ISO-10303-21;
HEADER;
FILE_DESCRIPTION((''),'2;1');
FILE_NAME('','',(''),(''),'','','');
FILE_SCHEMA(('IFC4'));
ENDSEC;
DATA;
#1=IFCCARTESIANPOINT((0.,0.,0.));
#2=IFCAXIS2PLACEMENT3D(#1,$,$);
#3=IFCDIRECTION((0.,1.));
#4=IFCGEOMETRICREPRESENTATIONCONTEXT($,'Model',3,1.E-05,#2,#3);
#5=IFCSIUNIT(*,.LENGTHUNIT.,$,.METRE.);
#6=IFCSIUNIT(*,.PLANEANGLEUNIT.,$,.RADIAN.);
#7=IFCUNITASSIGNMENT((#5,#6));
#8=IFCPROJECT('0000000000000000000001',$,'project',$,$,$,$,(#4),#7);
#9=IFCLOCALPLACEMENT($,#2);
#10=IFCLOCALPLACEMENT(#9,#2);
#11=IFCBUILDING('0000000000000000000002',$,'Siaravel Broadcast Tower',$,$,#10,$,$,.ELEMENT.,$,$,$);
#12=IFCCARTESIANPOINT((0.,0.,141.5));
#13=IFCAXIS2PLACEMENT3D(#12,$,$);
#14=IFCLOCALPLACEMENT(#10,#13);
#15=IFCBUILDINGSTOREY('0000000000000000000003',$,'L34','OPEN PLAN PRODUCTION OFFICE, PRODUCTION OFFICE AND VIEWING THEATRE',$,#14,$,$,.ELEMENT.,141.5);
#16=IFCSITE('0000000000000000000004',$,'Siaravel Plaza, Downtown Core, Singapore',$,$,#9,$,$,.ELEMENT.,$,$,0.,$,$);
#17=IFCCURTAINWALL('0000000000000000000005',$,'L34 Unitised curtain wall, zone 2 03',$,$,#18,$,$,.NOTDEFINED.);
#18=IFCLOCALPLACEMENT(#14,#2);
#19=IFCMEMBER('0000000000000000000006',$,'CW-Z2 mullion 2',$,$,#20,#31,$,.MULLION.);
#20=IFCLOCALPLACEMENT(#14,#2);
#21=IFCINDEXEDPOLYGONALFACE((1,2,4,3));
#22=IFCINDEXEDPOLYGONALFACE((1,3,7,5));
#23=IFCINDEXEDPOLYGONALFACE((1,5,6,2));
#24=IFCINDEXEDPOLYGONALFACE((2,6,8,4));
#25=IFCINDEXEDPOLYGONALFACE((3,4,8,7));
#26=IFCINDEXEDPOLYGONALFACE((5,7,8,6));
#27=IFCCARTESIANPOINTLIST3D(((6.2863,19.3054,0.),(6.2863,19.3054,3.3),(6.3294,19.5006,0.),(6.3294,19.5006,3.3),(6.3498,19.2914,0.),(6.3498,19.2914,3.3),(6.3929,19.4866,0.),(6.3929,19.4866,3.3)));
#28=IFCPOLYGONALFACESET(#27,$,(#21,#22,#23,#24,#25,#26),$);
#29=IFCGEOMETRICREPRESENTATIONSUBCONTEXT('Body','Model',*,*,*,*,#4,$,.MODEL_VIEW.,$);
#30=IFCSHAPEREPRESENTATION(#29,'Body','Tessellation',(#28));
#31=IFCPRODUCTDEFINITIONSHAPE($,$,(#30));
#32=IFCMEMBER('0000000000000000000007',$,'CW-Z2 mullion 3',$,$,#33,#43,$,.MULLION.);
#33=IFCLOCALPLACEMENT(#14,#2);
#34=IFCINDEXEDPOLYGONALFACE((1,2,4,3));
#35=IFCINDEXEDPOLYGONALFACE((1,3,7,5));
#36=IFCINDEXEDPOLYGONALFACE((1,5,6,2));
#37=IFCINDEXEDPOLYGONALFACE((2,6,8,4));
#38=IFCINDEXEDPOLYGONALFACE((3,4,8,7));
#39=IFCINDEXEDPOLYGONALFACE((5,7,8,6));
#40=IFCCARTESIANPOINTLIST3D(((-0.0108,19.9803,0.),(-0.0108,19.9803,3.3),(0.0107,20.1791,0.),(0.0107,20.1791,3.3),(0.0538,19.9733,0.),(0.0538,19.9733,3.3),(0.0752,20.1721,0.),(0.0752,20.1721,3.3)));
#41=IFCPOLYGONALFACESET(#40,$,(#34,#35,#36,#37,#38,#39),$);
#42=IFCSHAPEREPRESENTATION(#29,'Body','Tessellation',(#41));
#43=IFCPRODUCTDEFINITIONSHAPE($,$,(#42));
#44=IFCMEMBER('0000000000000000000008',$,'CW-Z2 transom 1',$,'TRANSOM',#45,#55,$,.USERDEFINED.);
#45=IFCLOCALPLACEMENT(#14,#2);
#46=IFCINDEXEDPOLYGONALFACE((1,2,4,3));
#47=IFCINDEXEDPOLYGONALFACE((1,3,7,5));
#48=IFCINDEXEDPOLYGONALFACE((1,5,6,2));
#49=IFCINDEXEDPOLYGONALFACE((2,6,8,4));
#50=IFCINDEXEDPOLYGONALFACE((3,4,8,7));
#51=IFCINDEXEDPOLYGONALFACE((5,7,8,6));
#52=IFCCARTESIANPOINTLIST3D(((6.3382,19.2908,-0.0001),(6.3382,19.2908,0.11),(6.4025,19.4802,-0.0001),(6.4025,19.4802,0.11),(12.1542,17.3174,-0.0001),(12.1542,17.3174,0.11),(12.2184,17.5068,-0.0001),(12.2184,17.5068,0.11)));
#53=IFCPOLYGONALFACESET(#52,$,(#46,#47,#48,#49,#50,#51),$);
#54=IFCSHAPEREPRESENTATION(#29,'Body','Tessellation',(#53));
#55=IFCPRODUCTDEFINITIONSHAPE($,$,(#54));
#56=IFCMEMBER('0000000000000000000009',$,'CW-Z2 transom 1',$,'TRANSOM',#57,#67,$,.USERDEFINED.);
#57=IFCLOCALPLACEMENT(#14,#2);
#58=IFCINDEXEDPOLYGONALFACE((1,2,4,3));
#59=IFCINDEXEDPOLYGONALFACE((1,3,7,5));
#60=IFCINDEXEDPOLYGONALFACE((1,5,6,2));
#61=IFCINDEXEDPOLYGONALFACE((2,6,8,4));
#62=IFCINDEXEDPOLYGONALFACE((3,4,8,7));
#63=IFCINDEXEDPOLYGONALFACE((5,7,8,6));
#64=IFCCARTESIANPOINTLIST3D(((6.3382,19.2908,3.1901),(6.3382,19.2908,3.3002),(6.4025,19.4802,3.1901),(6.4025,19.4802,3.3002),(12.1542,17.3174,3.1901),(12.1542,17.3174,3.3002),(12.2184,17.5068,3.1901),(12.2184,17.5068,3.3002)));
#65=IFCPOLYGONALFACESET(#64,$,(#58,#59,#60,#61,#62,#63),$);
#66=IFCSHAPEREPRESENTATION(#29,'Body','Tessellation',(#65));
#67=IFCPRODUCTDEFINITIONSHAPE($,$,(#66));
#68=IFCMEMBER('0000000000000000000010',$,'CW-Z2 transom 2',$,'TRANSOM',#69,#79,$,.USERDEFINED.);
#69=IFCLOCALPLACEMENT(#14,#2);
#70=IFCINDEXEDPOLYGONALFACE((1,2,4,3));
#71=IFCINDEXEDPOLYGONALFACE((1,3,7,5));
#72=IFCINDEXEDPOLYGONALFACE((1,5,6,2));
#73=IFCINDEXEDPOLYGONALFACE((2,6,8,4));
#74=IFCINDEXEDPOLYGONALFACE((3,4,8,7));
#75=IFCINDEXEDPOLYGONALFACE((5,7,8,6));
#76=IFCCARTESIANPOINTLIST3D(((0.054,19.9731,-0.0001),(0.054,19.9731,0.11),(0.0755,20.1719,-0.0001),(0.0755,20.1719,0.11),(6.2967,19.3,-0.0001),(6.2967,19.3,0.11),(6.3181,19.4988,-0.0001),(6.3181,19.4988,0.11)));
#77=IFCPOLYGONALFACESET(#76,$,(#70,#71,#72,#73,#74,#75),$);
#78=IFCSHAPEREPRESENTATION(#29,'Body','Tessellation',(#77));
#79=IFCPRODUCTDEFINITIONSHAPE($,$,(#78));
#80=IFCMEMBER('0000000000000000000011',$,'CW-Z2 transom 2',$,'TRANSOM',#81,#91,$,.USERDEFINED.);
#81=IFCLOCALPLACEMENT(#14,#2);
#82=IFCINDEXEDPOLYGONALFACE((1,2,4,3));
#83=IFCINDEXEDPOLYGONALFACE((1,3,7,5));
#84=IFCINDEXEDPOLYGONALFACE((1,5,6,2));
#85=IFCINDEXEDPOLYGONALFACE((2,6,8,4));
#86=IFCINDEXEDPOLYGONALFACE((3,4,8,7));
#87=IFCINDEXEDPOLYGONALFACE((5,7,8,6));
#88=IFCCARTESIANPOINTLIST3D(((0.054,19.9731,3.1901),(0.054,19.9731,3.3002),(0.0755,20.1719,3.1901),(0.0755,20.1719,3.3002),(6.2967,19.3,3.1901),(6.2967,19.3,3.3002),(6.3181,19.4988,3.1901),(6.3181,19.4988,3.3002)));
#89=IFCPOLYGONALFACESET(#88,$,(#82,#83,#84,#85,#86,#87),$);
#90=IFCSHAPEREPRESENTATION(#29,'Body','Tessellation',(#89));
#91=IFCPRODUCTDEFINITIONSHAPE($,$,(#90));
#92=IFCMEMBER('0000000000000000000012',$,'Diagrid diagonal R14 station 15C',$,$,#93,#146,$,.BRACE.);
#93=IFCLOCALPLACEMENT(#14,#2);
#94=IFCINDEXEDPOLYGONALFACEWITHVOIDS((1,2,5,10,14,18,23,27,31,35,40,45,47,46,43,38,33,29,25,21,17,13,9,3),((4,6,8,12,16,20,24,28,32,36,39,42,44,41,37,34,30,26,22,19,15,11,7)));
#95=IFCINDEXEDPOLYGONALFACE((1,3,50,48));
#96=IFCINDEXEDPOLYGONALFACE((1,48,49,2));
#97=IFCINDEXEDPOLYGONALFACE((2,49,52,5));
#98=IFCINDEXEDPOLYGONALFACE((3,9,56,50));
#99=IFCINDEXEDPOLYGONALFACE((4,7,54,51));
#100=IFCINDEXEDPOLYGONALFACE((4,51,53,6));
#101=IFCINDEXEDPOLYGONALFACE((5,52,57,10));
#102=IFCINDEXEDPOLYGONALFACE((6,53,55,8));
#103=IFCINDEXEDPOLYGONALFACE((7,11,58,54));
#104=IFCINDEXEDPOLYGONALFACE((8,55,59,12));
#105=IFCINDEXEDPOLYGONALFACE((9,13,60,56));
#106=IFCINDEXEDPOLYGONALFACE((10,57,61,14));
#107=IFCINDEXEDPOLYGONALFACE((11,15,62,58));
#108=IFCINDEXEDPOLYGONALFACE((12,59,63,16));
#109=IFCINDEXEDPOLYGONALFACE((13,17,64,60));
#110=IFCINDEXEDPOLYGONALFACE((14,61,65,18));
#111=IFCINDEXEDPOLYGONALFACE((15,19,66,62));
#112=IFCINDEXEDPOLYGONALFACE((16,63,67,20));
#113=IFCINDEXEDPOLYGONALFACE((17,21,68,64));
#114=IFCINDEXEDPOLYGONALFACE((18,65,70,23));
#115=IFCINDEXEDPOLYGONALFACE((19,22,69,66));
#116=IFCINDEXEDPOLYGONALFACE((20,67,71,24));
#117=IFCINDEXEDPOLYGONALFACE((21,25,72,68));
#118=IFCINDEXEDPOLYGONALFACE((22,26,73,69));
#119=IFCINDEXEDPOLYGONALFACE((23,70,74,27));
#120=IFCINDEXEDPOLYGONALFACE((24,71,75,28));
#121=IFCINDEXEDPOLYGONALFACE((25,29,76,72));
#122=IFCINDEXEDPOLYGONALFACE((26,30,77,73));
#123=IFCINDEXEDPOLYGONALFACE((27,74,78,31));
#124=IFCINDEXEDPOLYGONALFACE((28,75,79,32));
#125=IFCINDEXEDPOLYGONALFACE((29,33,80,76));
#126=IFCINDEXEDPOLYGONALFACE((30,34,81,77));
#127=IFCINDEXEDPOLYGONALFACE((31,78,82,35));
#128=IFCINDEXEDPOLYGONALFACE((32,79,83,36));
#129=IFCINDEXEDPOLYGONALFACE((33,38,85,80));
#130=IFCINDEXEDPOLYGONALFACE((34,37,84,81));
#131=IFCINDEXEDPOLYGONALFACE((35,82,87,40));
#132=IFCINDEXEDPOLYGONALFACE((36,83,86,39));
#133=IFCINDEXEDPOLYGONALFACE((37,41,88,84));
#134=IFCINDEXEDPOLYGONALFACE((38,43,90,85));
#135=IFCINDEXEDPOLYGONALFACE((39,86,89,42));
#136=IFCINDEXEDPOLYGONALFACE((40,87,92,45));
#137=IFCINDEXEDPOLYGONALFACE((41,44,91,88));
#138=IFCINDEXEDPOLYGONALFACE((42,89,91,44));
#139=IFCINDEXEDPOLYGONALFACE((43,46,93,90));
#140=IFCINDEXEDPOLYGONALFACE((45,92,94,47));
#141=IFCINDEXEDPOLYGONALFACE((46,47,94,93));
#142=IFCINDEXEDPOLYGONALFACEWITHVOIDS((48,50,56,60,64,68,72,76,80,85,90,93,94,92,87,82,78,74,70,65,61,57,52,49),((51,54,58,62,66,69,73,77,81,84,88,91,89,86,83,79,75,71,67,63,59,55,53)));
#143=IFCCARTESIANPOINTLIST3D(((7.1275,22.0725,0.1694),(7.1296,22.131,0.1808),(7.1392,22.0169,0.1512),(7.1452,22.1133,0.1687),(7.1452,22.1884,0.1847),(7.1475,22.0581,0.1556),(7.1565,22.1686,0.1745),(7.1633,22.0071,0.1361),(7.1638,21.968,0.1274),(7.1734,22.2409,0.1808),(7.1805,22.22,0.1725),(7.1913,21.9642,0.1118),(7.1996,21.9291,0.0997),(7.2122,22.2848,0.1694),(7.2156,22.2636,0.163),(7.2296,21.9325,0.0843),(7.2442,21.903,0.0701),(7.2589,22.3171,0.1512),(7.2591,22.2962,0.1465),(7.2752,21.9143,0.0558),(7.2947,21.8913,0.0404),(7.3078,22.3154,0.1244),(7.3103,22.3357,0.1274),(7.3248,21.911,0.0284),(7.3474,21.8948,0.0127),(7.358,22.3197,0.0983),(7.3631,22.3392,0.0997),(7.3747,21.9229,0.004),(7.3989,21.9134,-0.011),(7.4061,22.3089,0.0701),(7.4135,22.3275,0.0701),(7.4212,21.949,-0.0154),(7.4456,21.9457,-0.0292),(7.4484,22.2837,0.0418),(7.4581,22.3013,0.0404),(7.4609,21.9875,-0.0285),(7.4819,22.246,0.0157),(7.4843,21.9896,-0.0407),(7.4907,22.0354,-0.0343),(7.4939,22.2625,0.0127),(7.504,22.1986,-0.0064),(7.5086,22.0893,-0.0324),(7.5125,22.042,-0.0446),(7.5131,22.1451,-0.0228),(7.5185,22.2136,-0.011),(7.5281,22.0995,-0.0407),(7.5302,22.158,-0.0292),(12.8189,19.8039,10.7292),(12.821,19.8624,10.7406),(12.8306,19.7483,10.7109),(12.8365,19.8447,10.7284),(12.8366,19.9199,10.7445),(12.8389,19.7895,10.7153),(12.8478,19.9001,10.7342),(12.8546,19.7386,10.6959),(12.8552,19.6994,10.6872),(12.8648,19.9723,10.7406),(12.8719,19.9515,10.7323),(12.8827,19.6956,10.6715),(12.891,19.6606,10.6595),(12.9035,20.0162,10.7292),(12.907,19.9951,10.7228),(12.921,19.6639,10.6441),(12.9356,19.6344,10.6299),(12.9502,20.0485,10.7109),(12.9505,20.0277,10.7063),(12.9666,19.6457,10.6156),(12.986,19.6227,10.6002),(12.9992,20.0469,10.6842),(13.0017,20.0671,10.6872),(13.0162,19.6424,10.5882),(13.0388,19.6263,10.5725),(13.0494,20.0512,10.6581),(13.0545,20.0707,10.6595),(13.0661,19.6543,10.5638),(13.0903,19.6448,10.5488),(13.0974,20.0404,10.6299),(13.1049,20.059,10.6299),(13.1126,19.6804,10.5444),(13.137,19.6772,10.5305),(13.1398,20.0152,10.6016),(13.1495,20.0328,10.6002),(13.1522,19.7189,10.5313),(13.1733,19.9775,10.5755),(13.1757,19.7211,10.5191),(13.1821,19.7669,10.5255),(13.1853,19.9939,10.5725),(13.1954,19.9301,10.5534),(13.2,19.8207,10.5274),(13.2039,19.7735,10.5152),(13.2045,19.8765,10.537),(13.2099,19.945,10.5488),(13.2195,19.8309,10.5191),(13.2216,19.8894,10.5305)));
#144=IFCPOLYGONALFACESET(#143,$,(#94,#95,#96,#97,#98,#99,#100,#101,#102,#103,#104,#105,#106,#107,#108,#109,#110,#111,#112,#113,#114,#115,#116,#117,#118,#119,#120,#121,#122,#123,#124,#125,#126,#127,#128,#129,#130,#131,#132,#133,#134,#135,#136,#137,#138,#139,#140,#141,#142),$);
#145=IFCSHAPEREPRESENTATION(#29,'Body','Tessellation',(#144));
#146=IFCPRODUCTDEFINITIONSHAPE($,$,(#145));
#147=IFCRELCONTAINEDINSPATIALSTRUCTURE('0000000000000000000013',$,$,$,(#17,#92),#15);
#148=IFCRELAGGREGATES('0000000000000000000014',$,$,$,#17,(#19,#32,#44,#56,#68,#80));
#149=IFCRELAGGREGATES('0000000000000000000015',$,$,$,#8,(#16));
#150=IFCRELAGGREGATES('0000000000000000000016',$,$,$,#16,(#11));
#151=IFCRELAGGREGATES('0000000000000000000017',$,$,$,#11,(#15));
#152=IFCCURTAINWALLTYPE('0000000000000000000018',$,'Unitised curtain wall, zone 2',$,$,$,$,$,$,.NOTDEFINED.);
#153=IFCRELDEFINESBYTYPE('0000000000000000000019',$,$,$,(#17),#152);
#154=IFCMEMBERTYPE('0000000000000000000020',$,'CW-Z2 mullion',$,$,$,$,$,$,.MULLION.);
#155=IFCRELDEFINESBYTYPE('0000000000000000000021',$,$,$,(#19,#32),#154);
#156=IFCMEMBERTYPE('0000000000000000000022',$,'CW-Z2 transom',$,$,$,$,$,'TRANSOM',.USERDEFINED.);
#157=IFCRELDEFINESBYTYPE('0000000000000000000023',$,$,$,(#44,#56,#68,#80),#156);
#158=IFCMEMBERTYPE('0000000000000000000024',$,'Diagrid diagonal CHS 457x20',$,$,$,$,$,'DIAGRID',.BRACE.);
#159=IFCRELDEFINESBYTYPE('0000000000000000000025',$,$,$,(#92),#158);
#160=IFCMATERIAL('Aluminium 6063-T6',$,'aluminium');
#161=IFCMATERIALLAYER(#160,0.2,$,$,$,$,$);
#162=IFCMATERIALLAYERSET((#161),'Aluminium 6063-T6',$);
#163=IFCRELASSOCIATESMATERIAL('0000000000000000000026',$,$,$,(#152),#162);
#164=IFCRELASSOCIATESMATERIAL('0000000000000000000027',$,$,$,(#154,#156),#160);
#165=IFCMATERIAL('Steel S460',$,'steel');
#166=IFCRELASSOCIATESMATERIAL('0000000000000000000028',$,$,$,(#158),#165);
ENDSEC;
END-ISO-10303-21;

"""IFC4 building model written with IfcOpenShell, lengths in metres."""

from ifc_helpers import new_model, si_unit, direction, frame, origin, origin_2d, place, context, subcontext, project, spatial, rectangle, hollow_circle, extrude, material, layer, layer_set, material_profile, profile_set, type_object, element, aggregate, save


model = new_model("IFC4")

# Units and contexts
model_context = context("Model", 3, precision=1e-05, world=origin(), true_north=direction((0.0, 1.0)))
body_context = subcontext(model_context, "Body", "Model", "MODEL_VIEW")
ifc_project = project(units=[si_unit("LENGTHUNIT", "METRE"), si_unit("PLANEANGLEUNIT", "RADIAN")], contexts=[model_context])

# Site, building, storey
site_placement = place(None, origin())
site = spatial("IfcSite", under=ifc_project, at=site_placement, Name="Siaravel Plaza, Downtown Core, Singapore", CompositionType="ELEMENT", RefElevation=0.0)
building_placement = place(site_placement, origin())
building = spatial("IfcBuilding", under=site, at=building_placement, Name="Siaravel Broadcast Tower", CompositionType="ELEMENT")
storey_placement = place(building_placement, frame((0.0, 0.0, 141.5)))
storey = spatial("IfcBuildingStorey", under=building, at=storey_placement, Name="L34", Description="OPEN PLAN PRODUCTION OFFICE, PRODUCTION OFFICE AND VIEWING THEATRE", CompositionType="ELEMENT", Elevation=141.5)

# Curtain wall, members
ifc_material_1 = material(Name="Aluminium 6063-T6", Category="aluminium")
ifc_layer_1 = layer(ifc_material_1, 0.2)
ifc_layer_set_1 = layer_set([ifc_layer_1], Name="Aluminium 6063-T6")
curtain_wall_type = type_object("IfcCurtainWallType", Name="Unitised curtain wall, zone 2", PredefinedType="NOTDEFINED", material=ifc_layer_set_1)
curtain_wall_placement = place(storey_placement, origin())
curtain_wall = element("IfcCurtainWall", 1, at=curtain_wall_placement, inside=storey, type_object=curtain_wall_type, Name="L34 Unitised curtain wall, zone 2 03", PredefinedType="NOTDEFINED")
ifc_material_profile_1 = material_profile(ifc_material_1, rectangle(XDim=0.2, YDim=0.0649, at=origin_2d()))
ifc_profile_set_1 = profile_set([ifc_material_profile_1], Name="Aluminium 6063-T6")
member_type_1 = type_object("IfcMemberType", Name="CW-Z2 mullion", PredefinedType="MULLION", material=ifc_profile_set_1)
member_1_placement = place(storey_placement, frame((6.3396, 19.396, 0.0), z_axis=(0.0, 0.0, 1.0), x_axis=(-0.215558, -0.976491, 0.0)))
member_1 = element("IfcMember", 2, at=member_1_placement, type_object=member_type_1, Name="CW-Z2 mullion 2", PredefinedType="MULLION", context=body_context, shape_type="SweptSolid", body=[
    extrude(rectangle(XDim=0.2, YDim=0.0649, at=origin_2d()), origin(), (0.0, 0.0, 1.0), 3.3),
])
member_2_placement = place(storey_placement, frame((0.0322, 20.0762, 0.0), z_axis=(0.0, 0.0, 1.0), x_axis=(-0.107218, -0.994236, 0.0)))
member_2 = element("IfcMember", 3, at=member_2_placement, type_object=member_type_1, Name="CW-Z2 mullion 3", PredefinedType="MULLION", context=body_context, shape_type="SweptSolid", body=[
    extrude(rectangle(XDim=0.2, YDim=0.0649, at=origin_2d()), origin(), (0.0, 0.0, 1.0), 3.3),
])
ifc_material_profile_2 = material_profile(ifc_material_1, rectangle(XDim=0.2, YDim=0.1101, at=origin_2d()))
ifc_profile_set_2 = profile_set([ifc_material_profile_2], Name="Aluminium 6063-T6")
member_type_2 = type_object("IfcMemberType", Name="CW-Z2 transom", ElementType="TRANSOM", PredefinedType="USERDEFINED", material=ifc_profile_set_2)
member_3_placement = place(storey_placement, frame((12.1863, 17.4121, 0.0549), z_axis=(-0.946972, 0.321315, 0.0), x_axis=(-0.321315, -0.946972, 0.0)))
member_3 = element("IfcMember", 4, at=member_3_placement, type_object=member_type_2, Name="CW-Z2 transom 1", ObjectType="TRANSOM", PredefinedType="USERDEFINED", context=body_context, shape_type="SweptSolid", body=[
    extrude(rectangle(XDim=0.2, YDim=0.1101, at=origin_2d()), origin(), (0.0, 0.0, 1.0), 6.1416),
])
member_4_placement = place(storey_placement, frame((12.1863, 17.4121, 3.2451), z_axis=(-0.946972, 0.321315, 0.0), x_axis=(-0.321315, -0.946972, 0.0)))
member_4 = element("IfcMember", 5, at=member_4_placement, type_object=member_type_2, Name="CW-Z2 transom 1", ObjectType="TRANSOM", PredefinedType="USERDEFINED", context=body_context, shape_type="SweptSolid", body=[
    extrude(rectangle(XDim=0.2, YDim=0.1101, at=origin_2d()), origin(), (0.0, 0.0, 1.0), 6.1416),
])
member_5_placement = place(storey_placement, frame((6.3074, 19.3994, 0.0549), z_axis=(-0.994237, 0.1072, 0.0), x_axis=(-0.1072, -0.994237, 0.0)))
member_5 = element("IfcMember", 6, at=member_5_placement, type_object=member_type_2, Name="CW-Z2 transom 2", ObjectType="TRANSOM", PredefinedType="USERDEFINED", context=body_context, shape_type="SweptSolid", body=[
    extrude(rectangle(XDim=0.2, YDim=0.1101, at=origin_2d()), origin(), (0.0, 0.0, 1.0), 6.2788),
])
member_6_placement = place(storey_placement, frame((6.3074, 19.3994, 3.2451), z_axis=(-0.994237, 0.1072, 0.0), x_axis=(-0.1072, -0.994237, 0.0)))
member_6 = element("IfcMember", 7, at=member_6_placement, type_object=member_type_2, Name="CW-Z2 transom 2", ObjectType="TRANSOM", PredefinedType="USERDEFINED", context=body_context, shape_type="SweptSolid", body=[
    extrude(rectangle(XDim=0.2, YDim=0.1101, at=origin_2d()), origin(), (0.0, 0.0, 1.0), 6.2788),
])

# Member
ifc_material_2 = material(Name="Steel S460", Category="steel")
ifc_material_profile_3 = material_profile(ifc_material_2, hollow_circle(Radius=0.2285, WallThickness=0.02, at=origin_2d()))
ifc_profile_set_3 = profile_set([ifc_material_profile_3], Name="Steel S460")
member_type_3 = type_object("IfcMemberType", Name="Diagrid diagonal CHS 457x20", ElementType="DIAGRID", PredefinedType="BRACE", material=ifc_profile_set_3)
member_7_placement = place(storey_placement, frame((7.3289, 22.1152, 0.0701), z_axis=(0.466183, -0.185817, 0.864954), x_axis=(0.370264, 0.928927, 0.0)))
element("IfcMember", 8, at=member_7_placement, inside=storey, type_object=member_type_3, Name="Diagrid diagonal R14 station 15C", PredefinedType="BRACE", context=body_context, shape_type="SweptSolid", body=[
    extrude(hollow_circle(Radius=0.2285, WallThickness=0.02, at=origin_2d()), origin(), (0.0, 0.0, 1.0), 12.2085),
])

aggregate(curtain_wall, [member_1, member_2, member_3, member_4, member_5, member_6])

save(model, "model.ifc")
